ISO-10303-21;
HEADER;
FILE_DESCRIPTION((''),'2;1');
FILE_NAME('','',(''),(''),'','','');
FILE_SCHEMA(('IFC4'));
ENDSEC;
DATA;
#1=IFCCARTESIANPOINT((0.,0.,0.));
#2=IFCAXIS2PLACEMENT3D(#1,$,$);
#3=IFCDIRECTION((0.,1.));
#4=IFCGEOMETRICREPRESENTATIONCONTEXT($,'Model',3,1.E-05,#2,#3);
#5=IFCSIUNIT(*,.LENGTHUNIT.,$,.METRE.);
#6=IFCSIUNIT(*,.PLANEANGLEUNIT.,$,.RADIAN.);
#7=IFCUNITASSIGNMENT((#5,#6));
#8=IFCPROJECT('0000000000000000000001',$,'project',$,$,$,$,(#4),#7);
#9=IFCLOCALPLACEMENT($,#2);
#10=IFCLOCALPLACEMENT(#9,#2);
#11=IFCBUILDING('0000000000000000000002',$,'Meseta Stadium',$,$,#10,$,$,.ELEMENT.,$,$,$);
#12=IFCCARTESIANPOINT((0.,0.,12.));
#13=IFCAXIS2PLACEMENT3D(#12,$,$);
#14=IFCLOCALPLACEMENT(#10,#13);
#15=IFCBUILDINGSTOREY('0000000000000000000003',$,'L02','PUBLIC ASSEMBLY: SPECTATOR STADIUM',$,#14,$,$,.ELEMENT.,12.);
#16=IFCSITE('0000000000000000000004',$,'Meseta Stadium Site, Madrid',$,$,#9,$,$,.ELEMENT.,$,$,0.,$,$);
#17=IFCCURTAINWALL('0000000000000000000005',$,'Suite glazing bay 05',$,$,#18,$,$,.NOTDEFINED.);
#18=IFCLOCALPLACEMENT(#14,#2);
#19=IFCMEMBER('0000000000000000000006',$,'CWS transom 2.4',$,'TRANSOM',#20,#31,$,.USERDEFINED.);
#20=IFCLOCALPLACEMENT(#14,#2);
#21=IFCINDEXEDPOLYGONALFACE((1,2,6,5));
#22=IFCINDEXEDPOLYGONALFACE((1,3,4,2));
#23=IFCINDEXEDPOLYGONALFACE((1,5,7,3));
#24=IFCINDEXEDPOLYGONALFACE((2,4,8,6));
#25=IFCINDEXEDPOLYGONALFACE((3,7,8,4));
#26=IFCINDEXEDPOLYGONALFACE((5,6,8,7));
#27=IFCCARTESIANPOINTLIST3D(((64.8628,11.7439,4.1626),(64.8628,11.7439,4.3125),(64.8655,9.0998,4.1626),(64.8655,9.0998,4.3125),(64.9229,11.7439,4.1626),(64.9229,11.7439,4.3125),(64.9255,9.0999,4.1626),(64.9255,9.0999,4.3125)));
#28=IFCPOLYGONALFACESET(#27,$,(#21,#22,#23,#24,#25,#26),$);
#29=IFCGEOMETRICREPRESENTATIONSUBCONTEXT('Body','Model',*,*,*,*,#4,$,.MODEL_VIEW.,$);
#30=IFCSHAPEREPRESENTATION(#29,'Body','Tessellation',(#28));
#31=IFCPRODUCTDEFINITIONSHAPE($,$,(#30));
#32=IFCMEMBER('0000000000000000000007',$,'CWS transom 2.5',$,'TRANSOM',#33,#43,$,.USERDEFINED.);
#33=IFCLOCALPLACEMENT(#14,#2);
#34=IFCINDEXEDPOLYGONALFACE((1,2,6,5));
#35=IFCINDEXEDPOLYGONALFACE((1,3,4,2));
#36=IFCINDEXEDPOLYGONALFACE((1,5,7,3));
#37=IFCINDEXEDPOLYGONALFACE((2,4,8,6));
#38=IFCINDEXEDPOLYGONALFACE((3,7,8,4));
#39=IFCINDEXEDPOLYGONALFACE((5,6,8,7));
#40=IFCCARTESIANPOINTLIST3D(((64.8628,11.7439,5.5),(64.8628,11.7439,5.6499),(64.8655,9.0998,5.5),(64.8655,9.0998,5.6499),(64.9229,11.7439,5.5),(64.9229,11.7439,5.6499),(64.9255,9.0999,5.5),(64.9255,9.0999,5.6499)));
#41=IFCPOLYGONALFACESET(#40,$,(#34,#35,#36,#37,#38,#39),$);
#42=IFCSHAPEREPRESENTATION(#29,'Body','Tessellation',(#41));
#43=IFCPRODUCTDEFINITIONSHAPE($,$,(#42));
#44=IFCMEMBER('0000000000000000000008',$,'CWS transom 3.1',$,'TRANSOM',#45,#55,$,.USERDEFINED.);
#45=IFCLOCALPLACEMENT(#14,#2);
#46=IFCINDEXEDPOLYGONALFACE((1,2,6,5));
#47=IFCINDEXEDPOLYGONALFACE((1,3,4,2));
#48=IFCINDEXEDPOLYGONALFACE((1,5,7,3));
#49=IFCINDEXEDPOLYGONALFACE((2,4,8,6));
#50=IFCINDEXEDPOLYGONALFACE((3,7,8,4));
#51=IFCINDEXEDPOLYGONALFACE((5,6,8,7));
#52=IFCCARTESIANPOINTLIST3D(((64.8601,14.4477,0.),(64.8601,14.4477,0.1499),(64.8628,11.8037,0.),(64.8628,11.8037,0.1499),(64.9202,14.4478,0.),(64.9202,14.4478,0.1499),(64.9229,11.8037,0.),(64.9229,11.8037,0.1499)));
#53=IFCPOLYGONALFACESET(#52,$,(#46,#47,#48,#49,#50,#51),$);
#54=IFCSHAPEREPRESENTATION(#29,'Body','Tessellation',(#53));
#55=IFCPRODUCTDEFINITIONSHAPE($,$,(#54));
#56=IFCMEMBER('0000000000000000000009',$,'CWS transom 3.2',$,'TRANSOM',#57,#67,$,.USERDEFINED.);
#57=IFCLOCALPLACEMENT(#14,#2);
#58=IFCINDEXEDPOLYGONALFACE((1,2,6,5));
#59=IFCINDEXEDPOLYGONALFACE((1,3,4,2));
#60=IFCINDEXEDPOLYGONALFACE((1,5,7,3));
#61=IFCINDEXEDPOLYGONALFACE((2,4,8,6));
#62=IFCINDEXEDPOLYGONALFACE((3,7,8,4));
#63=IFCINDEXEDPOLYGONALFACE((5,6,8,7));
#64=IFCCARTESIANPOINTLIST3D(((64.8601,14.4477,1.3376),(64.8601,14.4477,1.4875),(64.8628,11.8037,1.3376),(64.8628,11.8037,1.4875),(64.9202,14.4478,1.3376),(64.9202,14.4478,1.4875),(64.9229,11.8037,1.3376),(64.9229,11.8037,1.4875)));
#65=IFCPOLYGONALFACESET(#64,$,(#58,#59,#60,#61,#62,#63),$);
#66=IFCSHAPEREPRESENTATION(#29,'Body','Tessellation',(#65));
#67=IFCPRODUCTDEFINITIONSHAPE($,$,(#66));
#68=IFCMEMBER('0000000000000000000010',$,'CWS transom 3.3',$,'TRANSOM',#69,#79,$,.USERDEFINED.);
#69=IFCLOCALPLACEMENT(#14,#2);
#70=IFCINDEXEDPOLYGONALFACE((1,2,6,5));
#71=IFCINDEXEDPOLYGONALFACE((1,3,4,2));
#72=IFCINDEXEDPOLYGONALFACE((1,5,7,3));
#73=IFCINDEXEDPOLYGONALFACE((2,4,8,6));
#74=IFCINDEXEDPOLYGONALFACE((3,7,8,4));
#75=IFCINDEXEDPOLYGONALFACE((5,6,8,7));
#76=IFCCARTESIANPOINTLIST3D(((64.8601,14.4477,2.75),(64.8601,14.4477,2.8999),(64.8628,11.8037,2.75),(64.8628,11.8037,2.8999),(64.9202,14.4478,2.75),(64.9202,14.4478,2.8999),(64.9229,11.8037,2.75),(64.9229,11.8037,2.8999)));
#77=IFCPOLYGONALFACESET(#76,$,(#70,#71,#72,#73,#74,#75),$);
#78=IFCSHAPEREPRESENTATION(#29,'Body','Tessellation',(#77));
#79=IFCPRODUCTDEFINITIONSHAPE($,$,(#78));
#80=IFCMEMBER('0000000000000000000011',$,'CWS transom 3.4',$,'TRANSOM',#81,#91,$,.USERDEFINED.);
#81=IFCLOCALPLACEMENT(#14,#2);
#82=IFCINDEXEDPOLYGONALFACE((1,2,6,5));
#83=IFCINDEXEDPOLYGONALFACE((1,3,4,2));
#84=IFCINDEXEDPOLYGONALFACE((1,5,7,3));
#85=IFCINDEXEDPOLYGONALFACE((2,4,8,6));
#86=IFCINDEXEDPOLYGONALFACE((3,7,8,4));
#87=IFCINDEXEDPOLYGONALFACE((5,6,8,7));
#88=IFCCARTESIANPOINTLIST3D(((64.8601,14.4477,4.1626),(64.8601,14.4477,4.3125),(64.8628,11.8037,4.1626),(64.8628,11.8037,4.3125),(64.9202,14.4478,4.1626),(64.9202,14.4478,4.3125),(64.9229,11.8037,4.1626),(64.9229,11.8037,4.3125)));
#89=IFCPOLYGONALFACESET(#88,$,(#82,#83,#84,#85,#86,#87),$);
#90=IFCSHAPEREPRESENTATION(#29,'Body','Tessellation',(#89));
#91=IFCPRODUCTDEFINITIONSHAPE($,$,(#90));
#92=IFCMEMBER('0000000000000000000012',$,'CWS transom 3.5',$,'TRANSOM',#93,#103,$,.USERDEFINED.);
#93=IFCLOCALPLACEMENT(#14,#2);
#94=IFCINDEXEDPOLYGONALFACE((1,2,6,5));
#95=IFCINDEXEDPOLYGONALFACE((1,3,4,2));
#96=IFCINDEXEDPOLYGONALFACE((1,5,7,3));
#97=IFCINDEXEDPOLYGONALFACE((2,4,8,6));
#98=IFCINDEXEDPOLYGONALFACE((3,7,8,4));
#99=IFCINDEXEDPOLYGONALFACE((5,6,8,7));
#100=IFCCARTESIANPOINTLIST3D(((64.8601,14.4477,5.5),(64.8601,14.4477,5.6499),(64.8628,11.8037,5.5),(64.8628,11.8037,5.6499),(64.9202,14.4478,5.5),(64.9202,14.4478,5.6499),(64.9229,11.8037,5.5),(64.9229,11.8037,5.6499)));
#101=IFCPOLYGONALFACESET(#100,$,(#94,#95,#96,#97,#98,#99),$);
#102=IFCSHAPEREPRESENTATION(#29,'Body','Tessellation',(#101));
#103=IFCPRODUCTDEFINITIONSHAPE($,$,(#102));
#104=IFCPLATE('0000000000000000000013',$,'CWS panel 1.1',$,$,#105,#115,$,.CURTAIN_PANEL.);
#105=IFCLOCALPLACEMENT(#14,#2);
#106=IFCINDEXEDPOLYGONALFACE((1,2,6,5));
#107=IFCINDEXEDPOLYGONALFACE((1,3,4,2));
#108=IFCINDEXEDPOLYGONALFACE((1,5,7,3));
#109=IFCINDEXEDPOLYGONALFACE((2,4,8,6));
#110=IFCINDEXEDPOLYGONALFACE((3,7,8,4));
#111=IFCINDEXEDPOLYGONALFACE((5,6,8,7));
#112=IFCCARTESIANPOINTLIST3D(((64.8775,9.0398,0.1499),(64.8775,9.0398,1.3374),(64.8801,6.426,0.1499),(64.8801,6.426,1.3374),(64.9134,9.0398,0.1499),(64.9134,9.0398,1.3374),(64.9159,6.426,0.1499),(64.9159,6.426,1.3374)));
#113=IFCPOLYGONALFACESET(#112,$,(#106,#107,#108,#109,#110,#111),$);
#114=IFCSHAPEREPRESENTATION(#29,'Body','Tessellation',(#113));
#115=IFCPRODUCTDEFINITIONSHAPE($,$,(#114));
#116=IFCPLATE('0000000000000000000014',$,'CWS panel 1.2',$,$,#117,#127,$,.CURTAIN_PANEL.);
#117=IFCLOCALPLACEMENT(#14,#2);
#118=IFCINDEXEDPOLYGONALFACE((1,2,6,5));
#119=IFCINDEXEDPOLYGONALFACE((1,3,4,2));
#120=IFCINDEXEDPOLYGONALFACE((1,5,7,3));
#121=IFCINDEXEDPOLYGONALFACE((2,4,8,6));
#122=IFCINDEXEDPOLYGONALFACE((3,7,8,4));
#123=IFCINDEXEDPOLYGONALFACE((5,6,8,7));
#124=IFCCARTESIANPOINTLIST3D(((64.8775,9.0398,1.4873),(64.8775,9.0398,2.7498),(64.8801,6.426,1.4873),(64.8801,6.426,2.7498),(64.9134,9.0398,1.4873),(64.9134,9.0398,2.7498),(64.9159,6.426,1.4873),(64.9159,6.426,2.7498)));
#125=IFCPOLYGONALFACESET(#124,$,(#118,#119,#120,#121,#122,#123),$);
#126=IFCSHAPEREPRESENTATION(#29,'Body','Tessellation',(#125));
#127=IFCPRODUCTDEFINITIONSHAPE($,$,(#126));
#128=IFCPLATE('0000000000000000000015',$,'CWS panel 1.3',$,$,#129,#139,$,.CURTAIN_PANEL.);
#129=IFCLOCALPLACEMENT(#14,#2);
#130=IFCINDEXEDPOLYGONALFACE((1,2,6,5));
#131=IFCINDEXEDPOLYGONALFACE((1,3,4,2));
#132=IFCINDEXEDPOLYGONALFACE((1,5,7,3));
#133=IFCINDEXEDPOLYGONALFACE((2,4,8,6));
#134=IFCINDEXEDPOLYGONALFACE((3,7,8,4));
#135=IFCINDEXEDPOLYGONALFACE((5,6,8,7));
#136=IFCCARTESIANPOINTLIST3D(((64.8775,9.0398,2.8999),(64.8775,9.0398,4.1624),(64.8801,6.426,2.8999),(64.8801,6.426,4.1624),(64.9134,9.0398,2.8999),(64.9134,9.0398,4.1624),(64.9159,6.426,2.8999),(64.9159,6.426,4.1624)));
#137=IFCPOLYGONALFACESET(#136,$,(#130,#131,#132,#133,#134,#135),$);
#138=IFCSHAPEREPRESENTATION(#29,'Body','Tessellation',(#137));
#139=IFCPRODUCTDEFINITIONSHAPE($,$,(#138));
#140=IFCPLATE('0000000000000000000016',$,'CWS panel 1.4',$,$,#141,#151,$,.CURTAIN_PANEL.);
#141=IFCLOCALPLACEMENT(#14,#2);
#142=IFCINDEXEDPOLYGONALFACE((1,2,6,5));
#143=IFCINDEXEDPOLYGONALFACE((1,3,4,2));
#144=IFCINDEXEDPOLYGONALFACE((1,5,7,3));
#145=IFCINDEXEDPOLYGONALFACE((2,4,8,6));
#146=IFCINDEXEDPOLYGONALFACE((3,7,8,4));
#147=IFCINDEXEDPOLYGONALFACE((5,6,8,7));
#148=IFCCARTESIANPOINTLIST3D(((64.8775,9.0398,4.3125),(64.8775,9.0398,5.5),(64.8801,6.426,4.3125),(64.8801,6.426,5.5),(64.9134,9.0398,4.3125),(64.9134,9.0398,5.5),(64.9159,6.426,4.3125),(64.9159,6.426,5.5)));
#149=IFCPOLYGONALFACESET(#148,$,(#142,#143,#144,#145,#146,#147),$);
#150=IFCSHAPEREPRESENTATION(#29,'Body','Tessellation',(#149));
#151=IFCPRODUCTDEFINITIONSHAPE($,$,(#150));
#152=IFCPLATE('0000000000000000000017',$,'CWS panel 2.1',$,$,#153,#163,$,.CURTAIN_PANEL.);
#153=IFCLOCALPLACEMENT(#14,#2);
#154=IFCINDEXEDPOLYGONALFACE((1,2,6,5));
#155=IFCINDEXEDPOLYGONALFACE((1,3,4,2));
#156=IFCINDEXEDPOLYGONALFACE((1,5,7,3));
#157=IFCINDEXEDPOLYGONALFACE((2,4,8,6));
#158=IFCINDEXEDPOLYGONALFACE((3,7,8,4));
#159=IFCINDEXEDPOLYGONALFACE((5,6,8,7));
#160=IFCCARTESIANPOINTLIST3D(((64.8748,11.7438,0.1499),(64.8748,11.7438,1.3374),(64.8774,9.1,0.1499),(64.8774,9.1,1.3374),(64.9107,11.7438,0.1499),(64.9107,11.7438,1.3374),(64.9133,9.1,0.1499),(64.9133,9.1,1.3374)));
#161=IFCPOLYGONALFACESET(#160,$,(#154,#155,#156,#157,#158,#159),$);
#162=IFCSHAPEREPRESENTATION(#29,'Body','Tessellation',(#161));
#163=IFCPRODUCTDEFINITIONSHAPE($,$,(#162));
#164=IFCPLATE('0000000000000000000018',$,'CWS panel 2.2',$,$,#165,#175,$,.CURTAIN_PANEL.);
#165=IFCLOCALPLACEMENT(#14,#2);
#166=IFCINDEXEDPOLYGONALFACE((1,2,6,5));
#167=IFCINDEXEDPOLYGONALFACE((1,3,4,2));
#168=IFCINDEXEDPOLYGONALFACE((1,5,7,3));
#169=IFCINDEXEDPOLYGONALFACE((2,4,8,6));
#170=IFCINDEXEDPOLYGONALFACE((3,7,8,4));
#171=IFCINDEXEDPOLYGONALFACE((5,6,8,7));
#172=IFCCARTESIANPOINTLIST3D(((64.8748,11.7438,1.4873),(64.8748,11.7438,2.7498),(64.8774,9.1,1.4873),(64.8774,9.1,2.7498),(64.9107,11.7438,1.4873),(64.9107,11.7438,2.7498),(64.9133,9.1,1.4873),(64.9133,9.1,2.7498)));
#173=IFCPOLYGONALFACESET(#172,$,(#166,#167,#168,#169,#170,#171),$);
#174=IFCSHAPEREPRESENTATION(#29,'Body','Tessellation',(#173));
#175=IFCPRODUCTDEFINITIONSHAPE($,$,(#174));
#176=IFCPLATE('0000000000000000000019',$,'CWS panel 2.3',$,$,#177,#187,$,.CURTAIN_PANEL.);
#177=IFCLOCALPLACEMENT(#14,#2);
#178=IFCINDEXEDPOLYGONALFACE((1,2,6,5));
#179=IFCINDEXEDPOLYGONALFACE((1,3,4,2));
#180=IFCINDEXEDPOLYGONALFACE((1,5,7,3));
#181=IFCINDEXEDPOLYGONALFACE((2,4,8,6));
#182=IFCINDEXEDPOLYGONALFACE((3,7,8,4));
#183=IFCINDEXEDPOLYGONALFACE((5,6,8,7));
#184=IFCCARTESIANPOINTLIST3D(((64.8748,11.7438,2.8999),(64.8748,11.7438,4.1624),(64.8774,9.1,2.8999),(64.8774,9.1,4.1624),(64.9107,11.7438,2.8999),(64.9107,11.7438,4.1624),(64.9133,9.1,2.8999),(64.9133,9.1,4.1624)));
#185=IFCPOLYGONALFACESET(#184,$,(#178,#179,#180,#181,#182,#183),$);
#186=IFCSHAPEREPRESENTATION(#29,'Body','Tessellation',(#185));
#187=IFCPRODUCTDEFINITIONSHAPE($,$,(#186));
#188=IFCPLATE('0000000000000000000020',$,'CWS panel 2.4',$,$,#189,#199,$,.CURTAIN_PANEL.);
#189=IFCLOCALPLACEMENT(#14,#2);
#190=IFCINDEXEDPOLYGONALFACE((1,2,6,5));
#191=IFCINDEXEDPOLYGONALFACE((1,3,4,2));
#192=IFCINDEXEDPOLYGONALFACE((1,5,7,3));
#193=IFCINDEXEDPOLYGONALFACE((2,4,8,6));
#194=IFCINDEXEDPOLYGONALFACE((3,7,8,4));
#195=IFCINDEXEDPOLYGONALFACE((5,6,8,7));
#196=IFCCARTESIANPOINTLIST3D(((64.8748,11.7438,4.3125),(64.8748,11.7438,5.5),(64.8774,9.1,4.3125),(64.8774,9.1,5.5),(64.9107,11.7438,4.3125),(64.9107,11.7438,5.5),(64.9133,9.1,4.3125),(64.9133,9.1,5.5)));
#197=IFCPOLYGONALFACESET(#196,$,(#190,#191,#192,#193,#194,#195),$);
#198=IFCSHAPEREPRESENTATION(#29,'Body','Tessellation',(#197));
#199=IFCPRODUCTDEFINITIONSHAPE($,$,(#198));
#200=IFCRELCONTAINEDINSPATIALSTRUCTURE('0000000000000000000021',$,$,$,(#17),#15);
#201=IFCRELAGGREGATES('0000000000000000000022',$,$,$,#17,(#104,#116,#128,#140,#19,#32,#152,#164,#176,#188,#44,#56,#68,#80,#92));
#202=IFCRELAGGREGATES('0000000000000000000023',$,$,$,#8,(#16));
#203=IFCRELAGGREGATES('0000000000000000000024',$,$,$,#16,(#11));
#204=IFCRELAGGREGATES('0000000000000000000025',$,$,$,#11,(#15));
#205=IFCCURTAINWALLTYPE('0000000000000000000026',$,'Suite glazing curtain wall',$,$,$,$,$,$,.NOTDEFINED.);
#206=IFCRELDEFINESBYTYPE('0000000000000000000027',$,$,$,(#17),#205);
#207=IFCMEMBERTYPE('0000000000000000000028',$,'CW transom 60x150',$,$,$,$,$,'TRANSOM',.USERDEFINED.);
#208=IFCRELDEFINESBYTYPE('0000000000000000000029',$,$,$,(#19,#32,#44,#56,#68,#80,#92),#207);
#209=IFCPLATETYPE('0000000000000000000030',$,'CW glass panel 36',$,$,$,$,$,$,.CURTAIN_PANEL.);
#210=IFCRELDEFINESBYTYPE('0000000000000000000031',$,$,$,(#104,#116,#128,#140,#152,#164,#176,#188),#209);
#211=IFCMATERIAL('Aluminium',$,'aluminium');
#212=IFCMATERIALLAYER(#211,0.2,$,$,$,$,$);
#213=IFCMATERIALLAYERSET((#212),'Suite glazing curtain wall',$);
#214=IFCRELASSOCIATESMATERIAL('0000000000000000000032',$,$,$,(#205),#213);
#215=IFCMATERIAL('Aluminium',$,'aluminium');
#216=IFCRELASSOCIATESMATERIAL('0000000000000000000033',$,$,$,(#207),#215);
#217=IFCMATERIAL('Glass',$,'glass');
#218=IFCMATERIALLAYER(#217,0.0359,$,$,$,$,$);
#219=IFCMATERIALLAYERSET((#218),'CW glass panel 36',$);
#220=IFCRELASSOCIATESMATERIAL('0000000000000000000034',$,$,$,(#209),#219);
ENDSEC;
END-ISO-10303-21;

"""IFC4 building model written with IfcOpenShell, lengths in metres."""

from ifc_helpers import new_model, si_unit, direction, frame, origin, origin_2d, place, context, subcontext, project, spatial, rectangle, extrude, material, layer, layer_set, material_profile, profile_set, type_object, element, aggregate, save


model = new_model("IFC4")

# Units and contexts
model_context = context("Model", 3, precision=1e-05, world=origin(), true_north=direction((0.0, 1.0)))
body_context = subcontext(model_context, "Body", "Model", "MODEL_VIEW")
ifc_project = project(units=[si_unit("LENGTHUNIT", "METRE"), si_unit("PLANEANGLEUNIT", "RADIAN")], contexts=[model_context])

# Site, building, storey
site_placement = place(None, origin())
site = spatial("IfcSite", under=ifc_project, at=site_placement, Name="Meseta Stadium Site, Madrid", CompositionType="ELEMENT", RefElevation=0.0)
building_placement = place(site_placement, origin())
building = spatial("IfcBuilding", under=site, at=building_placement, Name="Meseta Stadium", CompositionType="ELEMENT")
storey_placement = place(building_placement, frame((0.0, 0.0, 12.0)))
storey = spatial("IfcBuildingStorey", under=building, at=storey_placement, Name="L02", Description="PUBLIC ASSEMBLY: SPECTATOR STADIUM", CompositionType="ELEMENT", Elevation=12.0)

# Curtain wall
ifc_material_1 = material(Name="Aluminium", Category="aluminium")
ifc_layer_1 = layer(ifc_material_1, 0.2)
ifc_layer_set_1 = layer_set([ifc_layer_1], Name="Suite glazing curtain wall")
curtain_wall_type = type_object("IfcCurtainWallType", Name="Suite glazing curtain wall", PredefinedType="NOTDEFINED", material=ifc_layer_set_1)
curtain_wall_1_placement = place(storey_placement, origin())
curtain_wall_1 = element("IfcCurtainWall", 1, at=curtain_wall_1_placement, inside=storey, type_object=curtain_wall_type, Name="Suite glazing bay 05", PredefinedType="NOTDEFINED")
ifc_material_2 = material(Name="Aluminium", Category="aluminium")
ifc_material_profile_1 = material_profile(ifc_material_2, rectangle(XDim=0.0601, YDim=0.1499, at=origin_2d()), Name="CW 60x150")
ifc_profile_set_1 = profile_set([ifc_material_profile_1], Name="Aluminium")
member_type_1 = type_object("IfcMemberType", Name="CW transom 60x150", ElementType="TRANSOM", PredefinedType="USERDEFINED", material=ifc_profile_set_1)

# Members
member_1_placement = place(storey_placement, frame((64.8955, 9.0999, 4.2375), z_axis=(-0.001016, 0.999999, 0.0), x_axis=(-0.999999, -0.001016, 0.0)))
member_1 = element("IfcMember", 2, at=member_1_placement, type_object=member_type_1, Name="CWS transom 2.4", ObjectType="TRANSOM", PredefinedType="USERDEFINED", context=body_context, shape_type="SweptSolid", body=[
    extrude(rectangle(XDim=0.0601, YDim=0.1499, at=origin_2d()), origin(), (0.0, 0.0, 1.0), 2.644),
])
member_2_placement = place(storey_placement, frame((64.8955, 9.0999, 5.575), z_axis=(-0.001016, 0.999999, 0.0), x_axis=(-0.999999, -0.001016, 0.0)))
member_2 = element("IfcMember", 3, at=member_2_placement, type_object=member_type_1, Name="CWS transom 2.5", ObjectType="TRANSOM", PredefinedType="USERDEFINED", context=body_context, shape_type="SweptSolid", body=[
    extrude(rectangle(XDim=0.0601, YDim=0.1499, at=origin_2d()), origin(), (0.0, 0.0, 1.0), 2.644),
])
member_3_placement = place(storey_placement, frame((64.8928, 11.8037, 0.075), z_axis=(-0.001016, 0.999999, 0.0), x_axis=(-0.999999, -0.001016, 0.0)))
member_3 = element("IfcMember", 4, at=member_3_placement, type_object=member_type_1, Name="CWS transom 3.1", ObjectType="TRANSOM", PredefinedType="USERDEFINED", context=body_context, shape_type="SweptSolid", body=[
    extrude(rectangle(XDim=0.0601, YDim=0.1499, at=origin_2d()), origin(), (0.0, 0.0, 1.0), 2.644),
])
member_4_placement = place(storey_placement, frame((64.8928, 11.8037, 1.4126), z_axis=(-0.001016, 0.999999, 0.0), x_axis=(-0.999999, -0.001016, 0.0)))
member_4 = element("IfcMember", 5, at=member_4_placement, type_object=member_type_1, Name="CWS transom 3.2", ObjectType="TRANSOM", PredefinedType="USERDEFINED", context=body_context, shape_type="SweptSolid", body=[
    extrude(rectangle(XDim=0.0601, YDim=0.1499, at=origin_2d()), origin(), (0.0, 0.0, 1.0), 2.644),
])
member_5_placement = place(storey_placement, frame((64.8928, 11.8037, 2.825), z_axis=(-0.001016, 0.999999, 0.0), x_axis=(-0.999999, -0.001016, 0.0)))
member_5 = element("IfcMember", 6, at=member_5_placement, type_object=member_type_1, Name="CWS transom 3.3", ObjectType="TRANSOM", PredefinedType="USERDEFINED", context=body_context, shape_type="SweptSolid", body=[
    extrude(rectangle(XDim=0.0601, YDim=0.1499, at=origin_2d()), origin(), (0.0, 0.0, 1.0), 2.644),
])
member_6_placement = place(storey_placement, frame((64.8928, 11.8037, 4.2375), z_axis=(-0.001016, 0.999999, 0.0), x_axis=(-0.999999, -0.001016, 0.0)))
member_6 = element("IfcMember", 7, at=member_6_placement, type_object=member_type_1, Name="CWS transom 3.4", ObjectType="TRANSOM", PredefinedType="USERDEFINED", context=body_context, shape_type="SweptSolid", body=[
    extrude(rectangle(XDim=0.0601, YDim=0.1499, at=origin_2d()), origin(), (0.0, 0.0, 1.0), 2.644),
])
member_7_placement = place(storey_placement, frame((64.8928, 11.8037, 5.575), z_axis=(-0.001016, 0.999999, 0.0), x_axis=(-0.999999, -0.001016, 0.0)))
member_7 = element("IfcMember", 8, at=member_7_placement, type_object=member_type_1, Name="CWS transom 3.5", ObjectType="TRANSOM", PredefinedType="USERDEFINED", context=body_context, shape_type="SweptSolid", body=[
    extrude(rectangle(XDim=0.0601, YDim=0.1499, at=origin_2d()), origin(), (0.0, 0.0, 1.0), 2.644),
])

# Plates
ifc_material_3 = material(Name="Glass", Category="glass")
ifc_layer_2 = layer(ifc_material_3, 0.0359)
ifc_layer_set_2 = layer_set([ifc_layer_2], Name="CW glass panel 36")
plate_type = type_object("IfcPlateType", Name="CW glass panel 36", PredefinedType="CURTAIN_PANEL", material=ifc_layer_set_2)
plate_1_placement = place(storey_placement, frame((64.8967, 7.7329, 0.1499), z_axis=(0.0, 0.0, 1.0), x_axis=(-0.000975, 1.0, 0.0)))
plate_1 = element("IfcPlate", 9, at=plate_1_placement, type_object=plate_type, Name="CWS panel 1.1", PredefinedType="CURTAIN_PANEL", context=body_context, shape_type="SweptSolid", body=[
    extrude(rectangle(XDim=2.6138, YDim=0.0359, at=origin_2d()), origin(), (0.0, 0.0, 1.0), 1.1875),
])
plate_2_placement = place(storey_placement, frame((64.8967, 7.7329, 1.4873), z_axis=(0.0, 0.0, 1.0), x_axis=(-0.000975, 1.0, 0.0)))
plate_2 = element("IfcPlate", 10, at=plate_2_placement, type_object=plate_type, Name="CWS panel 1.2", PredefinedType="CURTAIN_PANEL", context=body_context, shape_type="SweptSolid", body=[
    extrude(rectangle(XDim=2.6138, YDim=0.0359, at=origin_2d()), origin(), (0.0, 0.0, 1.0), 1.2625),
])
plate_3_placement = place(storey_placement, frame((64.8967, 7.7329, 2.8999), z_axis=(0.0, 0.0, 1.0), x_axis=(-0.000975, 1.0, 0.0)))
plate_3 = element("IfcPlate", 11, at=plate_3_placement, type_object=plate_type, Name="CWS panel 1.3", PredefinedType="CURTAIN_PANEL", context=body_context, shape_type="SweptSolid", body=[
    extrude(rectangle(XDim=2.6138, YDim=0.0359, at=origin_2d()), origin(), (0.0, 0.0, 1.0), 1.2625),
])
plate_4_placement = place(storey_placement, frame((64.8967, 7.7329, 4.3125), z_axis=(0.0, 0.0, 1.0), x_axis=(-0.000975, 1.0, 0.0)))
plate_4 = element("IfcPlate", 12, at=plate_4_placement, type_object=plate_type, Name="CWS panel 1.4", PredefinedType="CURTAIN_PANEL", context=body_context, shape_type="SweptSolid", body=[
    extrude(rectangle(XDim=2.6138, YDim=0.0359, at=origin_2d()), origin(), (0.0, 0.0, 1.0), 1.1875),
])
plate_5_placement = place(storey_placement, frame((64.894, 10.4219, 0.1499), z_axis=(0.0, 0.0, 1.0), x_axis=(-0.000975, 1.0, 0.0)))
plate_5 = element("IfcPlate", 13, at=plate_5_placement, type_object=plate_type, Name="CWS panel 2.1", PredefinedType="CURTAIN_PANEL", context=body_context, shape_type="SweptSolid", body=[
    extrude(rectangle(XDim=2.6438, YDim=0.0359, at=origin_2d()), origin(), (0.0, 0.0, 1.0), 1.1875),
])
plate_6_placement = place(storey_placement, frame((64.894, 10.4219, 1.4873), z_axis=(0.0, 0.0, 1.0), x_axis=(-0.000975, 1.0, 0.0)))
plate_6 = element("IfcPlate", 14, at=plate_6_placement, type_object=plate_type, Name="CWS panel 2.2", PredefinedType="CURTAIN_PANEL", context=body_context, shape_type="SweptSolid", body=[
    extrude(rectangle(XDim=2.6438, YDim=0.0359, at=origin_2d()), origin(), (0.0, 0.0, 1.0), 1.2625),
])
plate_7_placement = place(storey_placement, frame((64.894, 10.4219, 2.8999), z_axis=(0.0, 0.0, 1.0), x_axis=(-0.000975, 1.0, 0.0)))
plate_7 = element("IfcPlate", 15, at=plate_7_placement, type_object=plate_type, Name="CWS panel 2.3", PredefinedType="CURTAIN_PANEL", context=body_context, shape_type="SweptSolid", body=[
    extrude(rectangle(XDim=2.6438, YDim=0.0359, at=origin_2d()), origin(), (0.0, 0.0, 1.0), 1.2625),
])
plate_8_placement = place(storey_placement, frame((64.894, 10.4219, 4.3125), z_axis=(0.0, 0.0, 1.0), x_axis=(-0.000975, 1.0, 0.0)))
plate_8 = element("IfcPlate", 16, at=plate_8_placement, type_object=plate_type, Name="CWS panel 2.4", PredefinedType="CURTAIN_PANEL", context=body_context, shape_type="SweptSolid", body=[
    extrude(rectangle(XDim=2.6438, YDim=0.0359, at=origin_2d()), origin(), (0.0, 0.0, 1.0), 1.1875),
])
aggregate(curtain_wall_1, [plate_1, plate_2, plate_3, plate_4, member_1, member_2, plate_5, plate_6, plate_7, plate_8, member_3, member_4, member_5, member_6, member_7])

save(model, "model.ifc")
